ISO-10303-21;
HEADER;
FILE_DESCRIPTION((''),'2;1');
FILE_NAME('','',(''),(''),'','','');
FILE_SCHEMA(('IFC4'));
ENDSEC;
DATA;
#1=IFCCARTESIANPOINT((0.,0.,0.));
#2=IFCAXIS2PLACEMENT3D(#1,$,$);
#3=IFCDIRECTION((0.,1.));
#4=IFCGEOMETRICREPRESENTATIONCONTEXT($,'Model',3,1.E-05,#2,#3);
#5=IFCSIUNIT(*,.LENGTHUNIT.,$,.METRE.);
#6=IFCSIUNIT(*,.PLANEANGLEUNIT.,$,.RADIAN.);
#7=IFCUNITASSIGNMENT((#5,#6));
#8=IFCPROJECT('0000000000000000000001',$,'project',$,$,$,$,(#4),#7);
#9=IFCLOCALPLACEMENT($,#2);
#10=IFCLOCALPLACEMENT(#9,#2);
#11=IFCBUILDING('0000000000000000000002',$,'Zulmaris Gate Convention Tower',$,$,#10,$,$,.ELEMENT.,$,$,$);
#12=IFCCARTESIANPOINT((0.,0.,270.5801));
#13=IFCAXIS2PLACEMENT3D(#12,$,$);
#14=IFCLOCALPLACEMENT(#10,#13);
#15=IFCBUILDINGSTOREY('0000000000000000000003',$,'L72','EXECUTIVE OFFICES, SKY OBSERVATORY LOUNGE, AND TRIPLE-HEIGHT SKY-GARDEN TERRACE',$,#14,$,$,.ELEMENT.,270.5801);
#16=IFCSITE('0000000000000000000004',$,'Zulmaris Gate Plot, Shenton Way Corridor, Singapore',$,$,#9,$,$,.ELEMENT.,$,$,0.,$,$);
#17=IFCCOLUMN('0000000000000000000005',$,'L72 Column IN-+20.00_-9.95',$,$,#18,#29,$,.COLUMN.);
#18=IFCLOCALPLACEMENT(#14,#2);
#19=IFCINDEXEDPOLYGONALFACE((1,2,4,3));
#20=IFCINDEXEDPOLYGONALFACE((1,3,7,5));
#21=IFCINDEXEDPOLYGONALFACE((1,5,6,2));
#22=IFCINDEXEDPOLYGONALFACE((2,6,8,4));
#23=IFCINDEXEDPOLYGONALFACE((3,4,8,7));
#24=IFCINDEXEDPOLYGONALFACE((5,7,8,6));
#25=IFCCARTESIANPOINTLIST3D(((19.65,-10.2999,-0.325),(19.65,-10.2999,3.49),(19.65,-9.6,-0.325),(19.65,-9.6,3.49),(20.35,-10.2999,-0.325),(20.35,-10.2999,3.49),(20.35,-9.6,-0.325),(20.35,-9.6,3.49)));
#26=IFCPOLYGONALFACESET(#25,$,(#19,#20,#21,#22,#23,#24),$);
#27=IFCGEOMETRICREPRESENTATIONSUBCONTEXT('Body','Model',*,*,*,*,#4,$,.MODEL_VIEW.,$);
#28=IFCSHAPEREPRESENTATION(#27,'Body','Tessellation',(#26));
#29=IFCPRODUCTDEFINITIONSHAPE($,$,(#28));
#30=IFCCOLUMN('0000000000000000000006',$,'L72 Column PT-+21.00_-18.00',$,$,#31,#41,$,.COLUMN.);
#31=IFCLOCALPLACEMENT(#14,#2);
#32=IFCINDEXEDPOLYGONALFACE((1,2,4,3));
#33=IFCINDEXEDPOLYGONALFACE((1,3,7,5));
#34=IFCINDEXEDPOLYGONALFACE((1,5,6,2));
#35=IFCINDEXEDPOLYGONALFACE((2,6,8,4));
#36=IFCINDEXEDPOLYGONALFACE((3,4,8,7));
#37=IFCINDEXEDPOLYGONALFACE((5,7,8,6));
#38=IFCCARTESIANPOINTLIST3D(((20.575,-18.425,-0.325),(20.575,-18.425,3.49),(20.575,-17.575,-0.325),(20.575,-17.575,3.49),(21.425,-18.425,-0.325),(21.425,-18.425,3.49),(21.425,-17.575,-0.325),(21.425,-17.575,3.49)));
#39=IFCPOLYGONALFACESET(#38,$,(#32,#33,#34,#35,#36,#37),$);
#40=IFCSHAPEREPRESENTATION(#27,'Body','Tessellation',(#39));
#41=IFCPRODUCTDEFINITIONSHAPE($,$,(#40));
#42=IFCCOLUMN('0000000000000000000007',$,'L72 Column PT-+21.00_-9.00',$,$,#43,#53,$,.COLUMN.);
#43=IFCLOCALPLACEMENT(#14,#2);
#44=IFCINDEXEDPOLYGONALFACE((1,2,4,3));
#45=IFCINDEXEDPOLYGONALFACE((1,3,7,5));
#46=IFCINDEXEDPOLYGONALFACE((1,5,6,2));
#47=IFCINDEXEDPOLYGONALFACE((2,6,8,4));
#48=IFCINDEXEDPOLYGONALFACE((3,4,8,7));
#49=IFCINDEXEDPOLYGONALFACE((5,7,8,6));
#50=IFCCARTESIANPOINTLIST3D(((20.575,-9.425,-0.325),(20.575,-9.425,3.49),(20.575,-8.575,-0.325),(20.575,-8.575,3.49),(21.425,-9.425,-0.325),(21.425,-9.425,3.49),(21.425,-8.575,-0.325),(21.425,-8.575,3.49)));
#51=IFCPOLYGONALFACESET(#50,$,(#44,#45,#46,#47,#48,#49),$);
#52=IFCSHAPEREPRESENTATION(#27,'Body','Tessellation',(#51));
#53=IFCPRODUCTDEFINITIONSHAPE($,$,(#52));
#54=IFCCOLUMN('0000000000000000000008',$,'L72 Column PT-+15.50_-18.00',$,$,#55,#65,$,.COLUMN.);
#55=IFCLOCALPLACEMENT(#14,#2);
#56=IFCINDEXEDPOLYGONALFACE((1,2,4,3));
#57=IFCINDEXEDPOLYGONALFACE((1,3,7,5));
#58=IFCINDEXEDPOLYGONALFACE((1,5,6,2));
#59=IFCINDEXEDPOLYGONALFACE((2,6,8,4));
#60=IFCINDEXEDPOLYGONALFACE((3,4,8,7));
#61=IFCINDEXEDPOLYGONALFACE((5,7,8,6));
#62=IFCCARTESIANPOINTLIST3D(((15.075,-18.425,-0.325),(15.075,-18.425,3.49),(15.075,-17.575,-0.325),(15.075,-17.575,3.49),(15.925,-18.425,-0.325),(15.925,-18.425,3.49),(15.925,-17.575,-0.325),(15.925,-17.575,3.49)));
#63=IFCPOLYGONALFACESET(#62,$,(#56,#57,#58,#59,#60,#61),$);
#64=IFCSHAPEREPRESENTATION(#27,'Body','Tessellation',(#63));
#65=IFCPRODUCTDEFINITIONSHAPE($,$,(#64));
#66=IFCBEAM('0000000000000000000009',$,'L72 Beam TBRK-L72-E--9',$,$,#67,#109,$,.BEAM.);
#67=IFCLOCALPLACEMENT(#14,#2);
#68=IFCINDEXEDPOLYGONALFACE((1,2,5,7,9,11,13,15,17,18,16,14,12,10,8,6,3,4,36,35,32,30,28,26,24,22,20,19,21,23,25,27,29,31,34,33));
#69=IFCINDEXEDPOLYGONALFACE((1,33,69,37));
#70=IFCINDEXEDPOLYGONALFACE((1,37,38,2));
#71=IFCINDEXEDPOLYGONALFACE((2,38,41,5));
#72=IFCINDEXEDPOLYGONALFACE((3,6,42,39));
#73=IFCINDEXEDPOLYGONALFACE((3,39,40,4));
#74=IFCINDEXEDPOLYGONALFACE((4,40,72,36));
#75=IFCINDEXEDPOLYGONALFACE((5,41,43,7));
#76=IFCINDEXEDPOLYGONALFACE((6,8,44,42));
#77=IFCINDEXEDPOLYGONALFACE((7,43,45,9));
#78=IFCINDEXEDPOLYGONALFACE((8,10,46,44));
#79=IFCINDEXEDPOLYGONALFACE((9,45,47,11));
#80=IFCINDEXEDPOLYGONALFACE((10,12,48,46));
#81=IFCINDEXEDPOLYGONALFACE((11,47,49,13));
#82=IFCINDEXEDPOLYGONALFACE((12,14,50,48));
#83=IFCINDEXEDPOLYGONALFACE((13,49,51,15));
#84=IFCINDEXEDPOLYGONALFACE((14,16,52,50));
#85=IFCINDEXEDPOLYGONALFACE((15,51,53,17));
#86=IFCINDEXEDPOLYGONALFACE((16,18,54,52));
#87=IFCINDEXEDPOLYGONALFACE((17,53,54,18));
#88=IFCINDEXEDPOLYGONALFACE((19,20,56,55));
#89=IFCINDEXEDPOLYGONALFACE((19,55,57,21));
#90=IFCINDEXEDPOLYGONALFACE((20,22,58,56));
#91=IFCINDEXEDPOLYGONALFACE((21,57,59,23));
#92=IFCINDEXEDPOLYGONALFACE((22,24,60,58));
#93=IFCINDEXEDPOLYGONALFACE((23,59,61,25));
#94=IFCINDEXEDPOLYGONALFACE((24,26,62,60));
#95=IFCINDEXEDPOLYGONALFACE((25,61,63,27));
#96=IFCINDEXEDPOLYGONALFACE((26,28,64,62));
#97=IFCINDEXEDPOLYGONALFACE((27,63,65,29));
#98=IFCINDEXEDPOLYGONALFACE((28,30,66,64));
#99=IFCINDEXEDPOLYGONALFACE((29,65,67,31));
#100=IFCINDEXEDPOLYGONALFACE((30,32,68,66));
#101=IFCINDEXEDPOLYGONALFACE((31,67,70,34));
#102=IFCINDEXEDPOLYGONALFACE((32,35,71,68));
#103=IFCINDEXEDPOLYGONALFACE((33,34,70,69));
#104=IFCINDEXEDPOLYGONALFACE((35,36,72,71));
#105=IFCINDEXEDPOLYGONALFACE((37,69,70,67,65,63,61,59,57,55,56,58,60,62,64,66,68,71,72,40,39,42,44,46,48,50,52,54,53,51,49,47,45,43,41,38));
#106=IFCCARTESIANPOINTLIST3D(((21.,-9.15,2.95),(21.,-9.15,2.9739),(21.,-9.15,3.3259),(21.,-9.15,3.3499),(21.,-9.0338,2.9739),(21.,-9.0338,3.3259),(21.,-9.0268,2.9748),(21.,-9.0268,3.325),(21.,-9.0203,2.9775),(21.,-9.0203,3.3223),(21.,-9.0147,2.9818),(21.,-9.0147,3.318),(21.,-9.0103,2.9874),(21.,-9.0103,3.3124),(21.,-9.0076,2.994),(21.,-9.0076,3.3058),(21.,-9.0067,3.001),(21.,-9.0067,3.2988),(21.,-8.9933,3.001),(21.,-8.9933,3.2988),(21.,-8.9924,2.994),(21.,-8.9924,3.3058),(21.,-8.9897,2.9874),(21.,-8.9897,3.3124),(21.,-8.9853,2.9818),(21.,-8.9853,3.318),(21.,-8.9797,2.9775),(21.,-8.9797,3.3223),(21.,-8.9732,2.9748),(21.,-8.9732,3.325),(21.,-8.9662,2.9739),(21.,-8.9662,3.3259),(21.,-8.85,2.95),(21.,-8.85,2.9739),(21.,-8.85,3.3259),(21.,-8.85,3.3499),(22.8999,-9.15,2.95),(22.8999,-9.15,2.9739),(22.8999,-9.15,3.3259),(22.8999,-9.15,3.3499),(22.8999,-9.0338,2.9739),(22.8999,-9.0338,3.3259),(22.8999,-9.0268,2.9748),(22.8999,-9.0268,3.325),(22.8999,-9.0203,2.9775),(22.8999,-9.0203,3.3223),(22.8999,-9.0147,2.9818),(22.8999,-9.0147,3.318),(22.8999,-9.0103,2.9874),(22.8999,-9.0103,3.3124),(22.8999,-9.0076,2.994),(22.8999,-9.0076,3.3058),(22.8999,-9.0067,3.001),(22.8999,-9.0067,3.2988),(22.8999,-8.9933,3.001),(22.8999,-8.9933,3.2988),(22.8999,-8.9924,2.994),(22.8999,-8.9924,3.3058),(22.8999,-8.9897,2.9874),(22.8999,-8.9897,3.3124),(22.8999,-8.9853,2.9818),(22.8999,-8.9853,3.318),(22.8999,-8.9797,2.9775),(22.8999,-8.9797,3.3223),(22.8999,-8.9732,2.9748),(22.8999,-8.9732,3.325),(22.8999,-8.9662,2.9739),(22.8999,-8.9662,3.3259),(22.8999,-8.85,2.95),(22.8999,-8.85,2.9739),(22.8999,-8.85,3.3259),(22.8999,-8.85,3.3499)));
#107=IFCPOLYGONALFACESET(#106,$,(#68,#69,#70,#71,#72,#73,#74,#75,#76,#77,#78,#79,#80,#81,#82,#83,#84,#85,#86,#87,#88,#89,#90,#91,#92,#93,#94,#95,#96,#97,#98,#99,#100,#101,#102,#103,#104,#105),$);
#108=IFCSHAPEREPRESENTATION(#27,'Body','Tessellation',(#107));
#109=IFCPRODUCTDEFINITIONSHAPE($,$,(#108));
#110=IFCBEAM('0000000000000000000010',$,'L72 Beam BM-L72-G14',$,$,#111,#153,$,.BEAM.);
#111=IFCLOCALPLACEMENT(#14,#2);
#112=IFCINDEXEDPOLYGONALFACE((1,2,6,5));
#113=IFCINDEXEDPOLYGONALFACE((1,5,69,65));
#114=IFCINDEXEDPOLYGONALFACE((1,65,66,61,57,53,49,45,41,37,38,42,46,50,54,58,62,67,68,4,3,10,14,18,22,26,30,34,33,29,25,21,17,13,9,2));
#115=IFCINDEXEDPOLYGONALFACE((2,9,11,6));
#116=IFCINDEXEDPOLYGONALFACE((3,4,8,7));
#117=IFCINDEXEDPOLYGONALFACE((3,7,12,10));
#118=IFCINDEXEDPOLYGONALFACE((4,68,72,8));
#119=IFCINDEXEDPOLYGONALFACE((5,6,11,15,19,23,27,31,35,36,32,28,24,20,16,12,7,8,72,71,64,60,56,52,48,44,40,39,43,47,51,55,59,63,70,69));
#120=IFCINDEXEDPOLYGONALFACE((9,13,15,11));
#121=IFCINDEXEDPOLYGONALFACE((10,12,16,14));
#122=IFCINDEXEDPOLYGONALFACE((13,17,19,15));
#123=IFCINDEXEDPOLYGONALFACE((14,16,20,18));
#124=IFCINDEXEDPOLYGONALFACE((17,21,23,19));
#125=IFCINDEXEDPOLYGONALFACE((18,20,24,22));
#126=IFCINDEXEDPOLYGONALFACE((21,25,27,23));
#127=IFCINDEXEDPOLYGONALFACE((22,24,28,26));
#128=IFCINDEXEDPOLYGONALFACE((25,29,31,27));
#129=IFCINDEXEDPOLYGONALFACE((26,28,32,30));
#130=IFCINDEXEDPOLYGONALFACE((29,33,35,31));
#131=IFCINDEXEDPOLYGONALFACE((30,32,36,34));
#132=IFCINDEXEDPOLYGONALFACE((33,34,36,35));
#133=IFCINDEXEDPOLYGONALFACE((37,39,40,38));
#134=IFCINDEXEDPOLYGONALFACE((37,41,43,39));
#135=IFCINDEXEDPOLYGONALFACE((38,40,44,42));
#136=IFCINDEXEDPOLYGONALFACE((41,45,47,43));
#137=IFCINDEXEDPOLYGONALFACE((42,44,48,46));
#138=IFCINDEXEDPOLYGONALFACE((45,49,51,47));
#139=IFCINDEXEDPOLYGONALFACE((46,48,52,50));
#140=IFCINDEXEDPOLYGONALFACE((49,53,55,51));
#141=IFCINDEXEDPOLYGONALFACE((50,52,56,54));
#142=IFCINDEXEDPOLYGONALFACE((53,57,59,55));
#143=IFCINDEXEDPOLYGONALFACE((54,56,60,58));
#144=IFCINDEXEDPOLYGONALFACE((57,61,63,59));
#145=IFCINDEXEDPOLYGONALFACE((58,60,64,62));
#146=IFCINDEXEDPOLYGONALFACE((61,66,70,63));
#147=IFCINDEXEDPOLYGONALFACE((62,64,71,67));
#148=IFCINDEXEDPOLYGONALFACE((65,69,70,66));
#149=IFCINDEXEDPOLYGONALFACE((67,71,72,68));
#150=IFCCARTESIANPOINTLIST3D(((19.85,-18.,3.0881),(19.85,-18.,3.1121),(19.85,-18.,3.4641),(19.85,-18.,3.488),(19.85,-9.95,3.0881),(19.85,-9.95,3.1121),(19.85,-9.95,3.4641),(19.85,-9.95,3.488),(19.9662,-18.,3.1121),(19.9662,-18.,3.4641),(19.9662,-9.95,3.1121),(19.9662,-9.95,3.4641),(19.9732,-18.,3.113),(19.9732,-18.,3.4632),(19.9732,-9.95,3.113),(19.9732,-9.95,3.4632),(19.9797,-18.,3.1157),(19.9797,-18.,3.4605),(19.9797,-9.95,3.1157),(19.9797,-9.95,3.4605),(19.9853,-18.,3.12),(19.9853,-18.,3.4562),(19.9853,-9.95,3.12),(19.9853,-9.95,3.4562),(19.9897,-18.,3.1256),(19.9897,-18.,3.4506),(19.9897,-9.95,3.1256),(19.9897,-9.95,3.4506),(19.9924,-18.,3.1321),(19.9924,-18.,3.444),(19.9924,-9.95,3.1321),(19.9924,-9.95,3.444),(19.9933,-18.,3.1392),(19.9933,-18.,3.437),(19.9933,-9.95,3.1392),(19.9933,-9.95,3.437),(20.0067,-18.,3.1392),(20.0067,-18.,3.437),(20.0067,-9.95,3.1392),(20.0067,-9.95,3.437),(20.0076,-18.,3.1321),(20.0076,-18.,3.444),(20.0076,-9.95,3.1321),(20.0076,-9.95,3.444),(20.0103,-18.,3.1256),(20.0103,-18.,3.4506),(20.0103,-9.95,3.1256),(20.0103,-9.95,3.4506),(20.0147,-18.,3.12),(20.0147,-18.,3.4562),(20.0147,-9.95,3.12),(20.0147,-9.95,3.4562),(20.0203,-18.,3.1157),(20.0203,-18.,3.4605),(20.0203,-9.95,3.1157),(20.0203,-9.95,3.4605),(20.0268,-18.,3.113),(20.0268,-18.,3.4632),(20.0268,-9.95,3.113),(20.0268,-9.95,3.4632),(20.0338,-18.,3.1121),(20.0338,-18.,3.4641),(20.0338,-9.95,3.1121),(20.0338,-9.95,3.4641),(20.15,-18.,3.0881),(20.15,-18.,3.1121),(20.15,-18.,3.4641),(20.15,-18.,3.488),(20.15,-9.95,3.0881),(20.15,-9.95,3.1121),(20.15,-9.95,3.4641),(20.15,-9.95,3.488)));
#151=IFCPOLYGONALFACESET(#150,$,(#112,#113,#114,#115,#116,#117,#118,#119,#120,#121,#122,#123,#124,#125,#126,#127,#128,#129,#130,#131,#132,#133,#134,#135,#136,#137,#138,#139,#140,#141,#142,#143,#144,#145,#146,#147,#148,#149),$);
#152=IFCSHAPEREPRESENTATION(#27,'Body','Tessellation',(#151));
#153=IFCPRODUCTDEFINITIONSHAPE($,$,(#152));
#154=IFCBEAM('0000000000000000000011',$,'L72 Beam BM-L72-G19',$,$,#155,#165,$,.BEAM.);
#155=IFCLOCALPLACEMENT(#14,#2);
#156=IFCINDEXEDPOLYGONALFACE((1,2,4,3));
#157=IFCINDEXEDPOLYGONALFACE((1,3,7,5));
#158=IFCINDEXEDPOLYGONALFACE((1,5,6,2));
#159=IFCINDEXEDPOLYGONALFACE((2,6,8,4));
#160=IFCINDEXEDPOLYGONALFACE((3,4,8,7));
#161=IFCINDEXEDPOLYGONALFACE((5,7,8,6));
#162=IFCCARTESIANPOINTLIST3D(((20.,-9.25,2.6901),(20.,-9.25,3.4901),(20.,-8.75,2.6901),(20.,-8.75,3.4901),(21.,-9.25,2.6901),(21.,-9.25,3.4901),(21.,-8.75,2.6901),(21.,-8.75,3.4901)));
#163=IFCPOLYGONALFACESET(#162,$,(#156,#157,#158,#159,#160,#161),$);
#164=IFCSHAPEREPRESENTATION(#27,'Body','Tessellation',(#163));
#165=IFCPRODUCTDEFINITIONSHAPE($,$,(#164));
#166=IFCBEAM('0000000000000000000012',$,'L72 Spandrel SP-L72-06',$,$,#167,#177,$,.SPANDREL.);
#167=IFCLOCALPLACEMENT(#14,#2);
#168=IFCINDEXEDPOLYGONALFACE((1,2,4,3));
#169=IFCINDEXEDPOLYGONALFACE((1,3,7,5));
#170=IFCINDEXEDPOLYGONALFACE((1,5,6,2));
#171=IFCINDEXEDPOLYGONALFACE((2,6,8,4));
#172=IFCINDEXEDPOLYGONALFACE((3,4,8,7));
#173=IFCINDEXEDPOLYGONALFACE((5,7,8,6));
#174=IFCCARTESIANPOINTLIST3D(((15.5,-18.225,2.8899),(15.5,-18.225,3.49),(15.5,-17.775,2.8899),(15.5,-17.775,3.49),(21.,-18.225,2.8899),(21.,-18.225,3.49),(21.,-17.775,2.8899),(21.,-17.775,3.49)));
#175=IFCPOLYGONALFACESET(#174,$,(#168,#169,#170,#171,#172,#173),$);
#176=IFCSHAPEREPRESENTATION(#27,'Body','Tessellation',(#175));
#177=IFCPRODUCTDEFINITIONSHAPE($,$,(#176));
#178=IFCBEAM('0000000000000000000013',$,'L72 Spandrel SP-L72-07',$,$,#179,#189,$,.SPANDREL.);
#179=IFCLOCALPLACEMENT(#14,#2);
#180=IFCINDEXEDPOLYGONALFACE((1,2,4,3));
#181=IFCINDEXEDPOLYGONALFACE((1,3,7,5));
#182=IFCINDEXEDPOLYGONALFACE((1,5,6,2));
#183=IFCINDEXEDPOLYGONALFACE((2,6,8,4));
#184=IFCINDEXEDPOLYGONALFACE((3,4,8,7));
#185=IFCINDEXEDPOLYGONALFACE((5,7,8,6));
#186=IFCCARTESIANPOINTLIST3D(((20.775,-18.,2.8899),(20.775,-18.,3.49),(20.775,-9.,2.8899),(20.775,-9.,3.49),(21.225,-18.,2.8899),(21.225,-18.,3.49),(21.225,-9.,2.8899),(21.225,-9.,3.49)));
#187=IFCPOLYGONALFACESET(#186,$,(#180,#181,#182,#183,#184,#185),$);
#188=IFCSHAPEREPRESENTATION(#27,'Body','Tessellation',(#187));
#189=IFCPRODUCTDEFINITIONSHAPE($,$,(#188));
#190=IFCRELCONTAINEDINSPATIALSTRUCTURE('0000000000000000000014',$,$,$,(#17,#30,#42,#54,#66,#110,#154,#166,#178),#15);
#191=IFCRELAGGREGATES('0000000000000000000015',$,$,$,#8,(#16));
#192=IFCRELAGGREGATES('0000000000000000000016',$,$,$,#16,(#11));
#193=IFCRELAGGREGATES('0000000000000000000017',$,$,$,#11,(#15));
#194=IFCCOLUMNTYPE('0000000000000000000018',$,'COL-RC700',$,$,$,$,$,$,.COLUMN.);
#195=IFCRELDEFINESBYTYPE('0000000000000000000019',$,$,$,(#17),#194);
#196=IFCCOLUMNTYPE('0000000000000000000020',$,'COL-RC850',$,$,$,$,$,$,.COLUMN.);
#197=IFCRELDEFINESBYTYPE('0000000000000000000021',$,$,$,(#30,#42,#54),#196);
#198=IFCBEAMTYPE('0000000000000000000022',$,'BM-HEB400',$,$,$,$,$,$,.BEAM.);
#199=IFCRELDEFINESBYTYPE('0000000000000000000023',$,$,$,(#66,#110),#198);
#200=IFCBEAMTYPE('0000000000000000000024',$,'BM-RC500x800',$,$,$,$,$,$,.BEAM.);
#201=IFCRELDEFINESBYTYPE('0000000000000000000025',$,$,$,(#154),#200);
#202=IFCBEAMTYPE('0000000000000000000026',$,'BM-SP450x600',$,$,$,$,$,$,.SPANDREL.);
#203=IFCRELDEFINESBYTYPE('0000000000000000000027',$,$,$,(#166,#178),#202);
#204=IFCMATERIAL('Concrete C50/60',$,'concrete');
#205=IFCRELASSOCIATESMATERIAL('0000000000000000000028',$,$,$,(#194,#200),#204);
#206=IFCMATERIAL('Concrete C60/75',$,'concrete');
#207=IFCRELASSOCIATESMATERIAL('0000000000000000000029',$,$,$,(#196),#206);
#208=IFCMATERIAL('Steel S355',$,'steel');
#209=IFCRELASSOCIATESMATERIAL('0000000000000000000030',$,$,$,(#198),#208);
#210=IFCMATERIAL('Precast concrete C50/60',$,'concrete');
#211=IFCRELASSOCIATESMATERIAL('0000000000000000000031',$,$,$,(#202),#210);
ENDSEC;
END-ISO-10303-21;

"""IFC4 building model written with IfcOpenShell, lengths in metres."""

from ifc_helpers import new_model, si_unit, direction, frame, origin, origin_2d, place, context, subcontext, project, spatial, rectangle, i_section, extrude, material, material_profile, profile_set, type_object, element, save


model = new_model("IFC4")

# Units and contexts
model_context = context("Model", 3, precision=1e-05, world=origin(), true_north=direction((0.0, 1.0)))
body_context = subcontext(model_context, "Body", "Model", "MODEL_VIEW")
ifc_project = project(units=[si_unit("LENGTHUNIT", "METRE"), si_unit("PLANEANGLEUNIT", "RADIAN")], contexts=[model_context])

# Site, building, storey
site_placement = place(None, origin())
site = spatial("IfcSite", under=ifc_project, at=site_placement, Name="Zulmaris Gate Plot, Shenton Way Corridor, Singapore", CompositionType="ELEMENT", RefElevation=0.0)
building_placement = place(site_placement, origin())
building = spatial("IfcBuilding", under=site, at=building_placement, Name="Zulmaris Gate Convention Tower", CompositionType="ELEMENT")
storey_placement = place(building_placement, frame((0.0, 0.0, 270.5801)))
storey = spatial("IfcBuildingStorey", under=building, at=storey_placement, Name="L72", Description="EXECUTIVE OFFICES, SKY OBSERVATORY LOUNGE, AND TRIPLE-HEIGHT SKY-GARDEN TERRACE", CompositionType="ELEMENT", Elevation=270.5801)

# Columns
ifc_material_1 = material(Name="Concrete C50/60", Category="concrete")
ifc_material_profile_1 = material_profile(ifc_material_1, rectangle(XDim=0.7, YDim=0.7, at=origin_2d()), Name="RC COL 700x700")
ifc_profile_set_1 = profile_set([ifc_material_profile_1], Name="Concrete C50/60")
column_type_1 = type_object("IfcColumnType", Name="COL-RC700", PredefinedType="COLUMN", material=ifc_profile_set_1)
column_placement = place(storey_placement, frame((20.0, -9.95, -0.325), z_axis=(0.0, 0.0, 1.0), x_axis=(1.0, 0.0, 0.0)))
element("IfcColumn", 1, at=column_placement, inside=storey, type_object=column_type_1, Name="L72 Column IN-+20.00_-9.95", PredefinedType="COLUMN", context=body_context, shape_type="SweptSolid", body=[
    extrude(rectangle(XDim=0.7, YDim=0.7, at=origin_2d()), origin(), (0.0, 0.0, 1.0), 3.8149),
])
ifc_material_2 = material(Name="Concrete C60/75", Category="concrete")
ifc_material_profile_2 = material_profile(ifc_material_2, rectangle(XDim=0.8501, YDim=0.8501, at=origin_2d()), Name="RC COL 850x850")
ifc_profile_set_2 = profile_set([ifc_material_profile_2], Name="Concrete C60/75")
column_type_2 = type_object("IfcColumnType", Name="COL-RC850", PredefinedType="COLUMN", material=ifc_profile_set_2)
for number, where, z_axis, x_axis, name in (
    (2, (21.0, -18.0, -0.325), (0.0, 0.0, 1.0), (1.0, 0.0, 0.0), "L72 Column PT-+21.00_-18.00"),
    (3, (21.0, -9.0, -0.325), (0.0, 0.0, 1.0), (1.0, 0.0, 0.0), "L72 Column PT-+21.00_-9.00"),
    (4, (15.5, -18.0, -0.325), (0.0, 0.0, 1.0), (1.0, 0.0, 0.0), "L72 Column PT-+15.50_-18.00"),
):
    element("IfcColumn", number, at=place(storey_placement, frame(where, z_axis=z_axis, x_axis=x_axis)), inside=storey, type_object=column_type_2, Name=name, PredefinedType="COLUMN", context=body_context, shape_type="SweptSolid", body=[
        extrude(rectangle(XDim=0.8501, YDim=0.8501, at=origin_2d()), origin(), (0.0, 0.0, 1.0), 3.8149),
    ])

# Beams
ifc_material_3 = material(Name="Steel S355", Category="steel")
ifc_material_profile_3 = material_profile(ifc_material_3, i_section(OverallWidth=0.3, OverallDepth=0.3999, WebThickness=0.0134, FlangeThickness=0.0239, FilletRadius=0.0271, at=origin_2d()), Name="HEB 400")
ifc_profile_set_3 = profile_set([ifc_material_profile_3], Name="Steel S355")
beam_type_1 = type_object("IfcBeamType", Name="BM-HEB400", PredefinedType="BEAM", material=ifc_profile_set_3)
beam_1_placement = place(storey_placement, frame((21.0, -9.0, 3.1499), z_axis=(1.0, 0.0, 0.0), x_axis=(0.0, 1.0, 0.0)))
element("IfcBeam", 5, at=beam_1_placement, inside=storey, type_object=beam_type_1, Name="L72 Beam TBRK-L72-E--9", PredefinedType="BEAM", context=body_context, shape_type="SweptSolid", body=[
    extrude(i_section(OverallWidth=0.3, OverallDepth=0.3999, WebThickness=0.0134, FlangeThickness=0.0239, FilletRadius=0.0271, at=origin_2d()), origin(), (0.0, 0.0, 1.0), 1.8999),
])
beam_2_placement = place(storey_placement, frame((20.0, -18.0, 3.2881), z_axis=(0.0, 1.0, 0.0), x_axis=(-1.0, 0.0, 0.0)))
element("IfcBeam", 6, at=beam_2_placement, inside=storey, type_object=beam_type_1, Name="L72 Beam BM-L72-G14", PredefinedType="BEAM", context=body_context, shape_type="SweptSolid", body=[
    extrude(i_section(OverallWidth=0.3, OverallDepth=0.3999, WebThickness=0.0134, FlangeThickness=0.0239, FilletRadius=0.0271, at=origin_2d()), origin(), (0.0, 0.0, 1.0), 8.05),
])
ifc_material_profile_4 = material_profile(ifc_material_1, rectangle(XDim=0.5, YDim=0.8, at=origin_2d()), Name="RC BEAM 500x800")
ifc_profile_set_4 = profile_set([ifc_material_profile_4], Name="Concrete C50/60")
beam_type_2 = type_object("IfcBeamType", Name="BM-RC500x800", PredefinedType="BEAM", material=ifc_profile_set_4)
beam_3_placement = place(storey_placement, frame((20.0, -9.0, 3.0901), z_axis=(1.0, 0.0, 0.0), x_axis=(0.0, 1.0, 0.0)))
element("IfcBeam", 7, at=beam_3_placement, inside=storey, type_object=beam_type_2, Name="L72 Beam BM-L72-G19", PredefinedType="BEAM", context=body_context, shape_type="SweptSolid", body=[
    extrude(rectangle(XDim=0.5, YDim=0.8, at=origin_2d()), origin(), (0.0, 0.0, 1.0), 1.0),
])
ifc_material_4 = material(Name="Precast concrete C50/60", Category="concrete")
ifc_material_profile_5 = material_profile(ifc_material_4, rectangle(XDim=0.45, YDim=0.6001, at=origin_2d()), Name="RC SPANDREL 450x600")
ifc_profile_set_5 = profile_set([ifc_material_profile_5], Name="Precast concrete C50/60")
beam_type_3 = type_object("IfcBeamType", Name="BM-SP450x600", PredefinedType="SPANDREL", material=ifc_profile_set_5)
beam_4_placement = place(storey_placement, frame((15.5, -18.0, 3.1899), z_axis=(1.0, 0.0, 0.0), x_axis=(0.0, 1.0, 0.0)))
element("IfcBeam", 8, at=beam_4_placement, inside=storey, type_object=beam_type_3, Name="L72 Spandrel SP-L72-06", PredefinedType="SPANDREL", context=body_context, shape_type="SweptSolid", body=[
    extrude(rectangle(XDim=0.45, YDim=0.6001, at=origin_2d()), origin(), (0.0, 0.0, 1.0), 5.5),
])
for number, where, z_axis, x_axis, name in (
    (9, (21.0, -18.0, 3.1899), (0.0, 1.0, 0.0), (-1.0, 0.0, 0.0), "L72 Spandrel SP-L72-07"),
):
    element("IfcBeam", number, at=place(storey_placement, frame(where, z_axis=z_axis, x_axis=x_axis)), inside=storey, type_object=beam_type_3, Name=name, PredefinedType="SPANDREL", context=body_context, shape_type="SweptSolid", body=[
        extrude(rectangle(XDim=0.45, YDim=0.6001, at=origin_2d()), origin(), (0.0, 0.0, 1.0), 9.0),
    ])

save(model, "model.ifc")
